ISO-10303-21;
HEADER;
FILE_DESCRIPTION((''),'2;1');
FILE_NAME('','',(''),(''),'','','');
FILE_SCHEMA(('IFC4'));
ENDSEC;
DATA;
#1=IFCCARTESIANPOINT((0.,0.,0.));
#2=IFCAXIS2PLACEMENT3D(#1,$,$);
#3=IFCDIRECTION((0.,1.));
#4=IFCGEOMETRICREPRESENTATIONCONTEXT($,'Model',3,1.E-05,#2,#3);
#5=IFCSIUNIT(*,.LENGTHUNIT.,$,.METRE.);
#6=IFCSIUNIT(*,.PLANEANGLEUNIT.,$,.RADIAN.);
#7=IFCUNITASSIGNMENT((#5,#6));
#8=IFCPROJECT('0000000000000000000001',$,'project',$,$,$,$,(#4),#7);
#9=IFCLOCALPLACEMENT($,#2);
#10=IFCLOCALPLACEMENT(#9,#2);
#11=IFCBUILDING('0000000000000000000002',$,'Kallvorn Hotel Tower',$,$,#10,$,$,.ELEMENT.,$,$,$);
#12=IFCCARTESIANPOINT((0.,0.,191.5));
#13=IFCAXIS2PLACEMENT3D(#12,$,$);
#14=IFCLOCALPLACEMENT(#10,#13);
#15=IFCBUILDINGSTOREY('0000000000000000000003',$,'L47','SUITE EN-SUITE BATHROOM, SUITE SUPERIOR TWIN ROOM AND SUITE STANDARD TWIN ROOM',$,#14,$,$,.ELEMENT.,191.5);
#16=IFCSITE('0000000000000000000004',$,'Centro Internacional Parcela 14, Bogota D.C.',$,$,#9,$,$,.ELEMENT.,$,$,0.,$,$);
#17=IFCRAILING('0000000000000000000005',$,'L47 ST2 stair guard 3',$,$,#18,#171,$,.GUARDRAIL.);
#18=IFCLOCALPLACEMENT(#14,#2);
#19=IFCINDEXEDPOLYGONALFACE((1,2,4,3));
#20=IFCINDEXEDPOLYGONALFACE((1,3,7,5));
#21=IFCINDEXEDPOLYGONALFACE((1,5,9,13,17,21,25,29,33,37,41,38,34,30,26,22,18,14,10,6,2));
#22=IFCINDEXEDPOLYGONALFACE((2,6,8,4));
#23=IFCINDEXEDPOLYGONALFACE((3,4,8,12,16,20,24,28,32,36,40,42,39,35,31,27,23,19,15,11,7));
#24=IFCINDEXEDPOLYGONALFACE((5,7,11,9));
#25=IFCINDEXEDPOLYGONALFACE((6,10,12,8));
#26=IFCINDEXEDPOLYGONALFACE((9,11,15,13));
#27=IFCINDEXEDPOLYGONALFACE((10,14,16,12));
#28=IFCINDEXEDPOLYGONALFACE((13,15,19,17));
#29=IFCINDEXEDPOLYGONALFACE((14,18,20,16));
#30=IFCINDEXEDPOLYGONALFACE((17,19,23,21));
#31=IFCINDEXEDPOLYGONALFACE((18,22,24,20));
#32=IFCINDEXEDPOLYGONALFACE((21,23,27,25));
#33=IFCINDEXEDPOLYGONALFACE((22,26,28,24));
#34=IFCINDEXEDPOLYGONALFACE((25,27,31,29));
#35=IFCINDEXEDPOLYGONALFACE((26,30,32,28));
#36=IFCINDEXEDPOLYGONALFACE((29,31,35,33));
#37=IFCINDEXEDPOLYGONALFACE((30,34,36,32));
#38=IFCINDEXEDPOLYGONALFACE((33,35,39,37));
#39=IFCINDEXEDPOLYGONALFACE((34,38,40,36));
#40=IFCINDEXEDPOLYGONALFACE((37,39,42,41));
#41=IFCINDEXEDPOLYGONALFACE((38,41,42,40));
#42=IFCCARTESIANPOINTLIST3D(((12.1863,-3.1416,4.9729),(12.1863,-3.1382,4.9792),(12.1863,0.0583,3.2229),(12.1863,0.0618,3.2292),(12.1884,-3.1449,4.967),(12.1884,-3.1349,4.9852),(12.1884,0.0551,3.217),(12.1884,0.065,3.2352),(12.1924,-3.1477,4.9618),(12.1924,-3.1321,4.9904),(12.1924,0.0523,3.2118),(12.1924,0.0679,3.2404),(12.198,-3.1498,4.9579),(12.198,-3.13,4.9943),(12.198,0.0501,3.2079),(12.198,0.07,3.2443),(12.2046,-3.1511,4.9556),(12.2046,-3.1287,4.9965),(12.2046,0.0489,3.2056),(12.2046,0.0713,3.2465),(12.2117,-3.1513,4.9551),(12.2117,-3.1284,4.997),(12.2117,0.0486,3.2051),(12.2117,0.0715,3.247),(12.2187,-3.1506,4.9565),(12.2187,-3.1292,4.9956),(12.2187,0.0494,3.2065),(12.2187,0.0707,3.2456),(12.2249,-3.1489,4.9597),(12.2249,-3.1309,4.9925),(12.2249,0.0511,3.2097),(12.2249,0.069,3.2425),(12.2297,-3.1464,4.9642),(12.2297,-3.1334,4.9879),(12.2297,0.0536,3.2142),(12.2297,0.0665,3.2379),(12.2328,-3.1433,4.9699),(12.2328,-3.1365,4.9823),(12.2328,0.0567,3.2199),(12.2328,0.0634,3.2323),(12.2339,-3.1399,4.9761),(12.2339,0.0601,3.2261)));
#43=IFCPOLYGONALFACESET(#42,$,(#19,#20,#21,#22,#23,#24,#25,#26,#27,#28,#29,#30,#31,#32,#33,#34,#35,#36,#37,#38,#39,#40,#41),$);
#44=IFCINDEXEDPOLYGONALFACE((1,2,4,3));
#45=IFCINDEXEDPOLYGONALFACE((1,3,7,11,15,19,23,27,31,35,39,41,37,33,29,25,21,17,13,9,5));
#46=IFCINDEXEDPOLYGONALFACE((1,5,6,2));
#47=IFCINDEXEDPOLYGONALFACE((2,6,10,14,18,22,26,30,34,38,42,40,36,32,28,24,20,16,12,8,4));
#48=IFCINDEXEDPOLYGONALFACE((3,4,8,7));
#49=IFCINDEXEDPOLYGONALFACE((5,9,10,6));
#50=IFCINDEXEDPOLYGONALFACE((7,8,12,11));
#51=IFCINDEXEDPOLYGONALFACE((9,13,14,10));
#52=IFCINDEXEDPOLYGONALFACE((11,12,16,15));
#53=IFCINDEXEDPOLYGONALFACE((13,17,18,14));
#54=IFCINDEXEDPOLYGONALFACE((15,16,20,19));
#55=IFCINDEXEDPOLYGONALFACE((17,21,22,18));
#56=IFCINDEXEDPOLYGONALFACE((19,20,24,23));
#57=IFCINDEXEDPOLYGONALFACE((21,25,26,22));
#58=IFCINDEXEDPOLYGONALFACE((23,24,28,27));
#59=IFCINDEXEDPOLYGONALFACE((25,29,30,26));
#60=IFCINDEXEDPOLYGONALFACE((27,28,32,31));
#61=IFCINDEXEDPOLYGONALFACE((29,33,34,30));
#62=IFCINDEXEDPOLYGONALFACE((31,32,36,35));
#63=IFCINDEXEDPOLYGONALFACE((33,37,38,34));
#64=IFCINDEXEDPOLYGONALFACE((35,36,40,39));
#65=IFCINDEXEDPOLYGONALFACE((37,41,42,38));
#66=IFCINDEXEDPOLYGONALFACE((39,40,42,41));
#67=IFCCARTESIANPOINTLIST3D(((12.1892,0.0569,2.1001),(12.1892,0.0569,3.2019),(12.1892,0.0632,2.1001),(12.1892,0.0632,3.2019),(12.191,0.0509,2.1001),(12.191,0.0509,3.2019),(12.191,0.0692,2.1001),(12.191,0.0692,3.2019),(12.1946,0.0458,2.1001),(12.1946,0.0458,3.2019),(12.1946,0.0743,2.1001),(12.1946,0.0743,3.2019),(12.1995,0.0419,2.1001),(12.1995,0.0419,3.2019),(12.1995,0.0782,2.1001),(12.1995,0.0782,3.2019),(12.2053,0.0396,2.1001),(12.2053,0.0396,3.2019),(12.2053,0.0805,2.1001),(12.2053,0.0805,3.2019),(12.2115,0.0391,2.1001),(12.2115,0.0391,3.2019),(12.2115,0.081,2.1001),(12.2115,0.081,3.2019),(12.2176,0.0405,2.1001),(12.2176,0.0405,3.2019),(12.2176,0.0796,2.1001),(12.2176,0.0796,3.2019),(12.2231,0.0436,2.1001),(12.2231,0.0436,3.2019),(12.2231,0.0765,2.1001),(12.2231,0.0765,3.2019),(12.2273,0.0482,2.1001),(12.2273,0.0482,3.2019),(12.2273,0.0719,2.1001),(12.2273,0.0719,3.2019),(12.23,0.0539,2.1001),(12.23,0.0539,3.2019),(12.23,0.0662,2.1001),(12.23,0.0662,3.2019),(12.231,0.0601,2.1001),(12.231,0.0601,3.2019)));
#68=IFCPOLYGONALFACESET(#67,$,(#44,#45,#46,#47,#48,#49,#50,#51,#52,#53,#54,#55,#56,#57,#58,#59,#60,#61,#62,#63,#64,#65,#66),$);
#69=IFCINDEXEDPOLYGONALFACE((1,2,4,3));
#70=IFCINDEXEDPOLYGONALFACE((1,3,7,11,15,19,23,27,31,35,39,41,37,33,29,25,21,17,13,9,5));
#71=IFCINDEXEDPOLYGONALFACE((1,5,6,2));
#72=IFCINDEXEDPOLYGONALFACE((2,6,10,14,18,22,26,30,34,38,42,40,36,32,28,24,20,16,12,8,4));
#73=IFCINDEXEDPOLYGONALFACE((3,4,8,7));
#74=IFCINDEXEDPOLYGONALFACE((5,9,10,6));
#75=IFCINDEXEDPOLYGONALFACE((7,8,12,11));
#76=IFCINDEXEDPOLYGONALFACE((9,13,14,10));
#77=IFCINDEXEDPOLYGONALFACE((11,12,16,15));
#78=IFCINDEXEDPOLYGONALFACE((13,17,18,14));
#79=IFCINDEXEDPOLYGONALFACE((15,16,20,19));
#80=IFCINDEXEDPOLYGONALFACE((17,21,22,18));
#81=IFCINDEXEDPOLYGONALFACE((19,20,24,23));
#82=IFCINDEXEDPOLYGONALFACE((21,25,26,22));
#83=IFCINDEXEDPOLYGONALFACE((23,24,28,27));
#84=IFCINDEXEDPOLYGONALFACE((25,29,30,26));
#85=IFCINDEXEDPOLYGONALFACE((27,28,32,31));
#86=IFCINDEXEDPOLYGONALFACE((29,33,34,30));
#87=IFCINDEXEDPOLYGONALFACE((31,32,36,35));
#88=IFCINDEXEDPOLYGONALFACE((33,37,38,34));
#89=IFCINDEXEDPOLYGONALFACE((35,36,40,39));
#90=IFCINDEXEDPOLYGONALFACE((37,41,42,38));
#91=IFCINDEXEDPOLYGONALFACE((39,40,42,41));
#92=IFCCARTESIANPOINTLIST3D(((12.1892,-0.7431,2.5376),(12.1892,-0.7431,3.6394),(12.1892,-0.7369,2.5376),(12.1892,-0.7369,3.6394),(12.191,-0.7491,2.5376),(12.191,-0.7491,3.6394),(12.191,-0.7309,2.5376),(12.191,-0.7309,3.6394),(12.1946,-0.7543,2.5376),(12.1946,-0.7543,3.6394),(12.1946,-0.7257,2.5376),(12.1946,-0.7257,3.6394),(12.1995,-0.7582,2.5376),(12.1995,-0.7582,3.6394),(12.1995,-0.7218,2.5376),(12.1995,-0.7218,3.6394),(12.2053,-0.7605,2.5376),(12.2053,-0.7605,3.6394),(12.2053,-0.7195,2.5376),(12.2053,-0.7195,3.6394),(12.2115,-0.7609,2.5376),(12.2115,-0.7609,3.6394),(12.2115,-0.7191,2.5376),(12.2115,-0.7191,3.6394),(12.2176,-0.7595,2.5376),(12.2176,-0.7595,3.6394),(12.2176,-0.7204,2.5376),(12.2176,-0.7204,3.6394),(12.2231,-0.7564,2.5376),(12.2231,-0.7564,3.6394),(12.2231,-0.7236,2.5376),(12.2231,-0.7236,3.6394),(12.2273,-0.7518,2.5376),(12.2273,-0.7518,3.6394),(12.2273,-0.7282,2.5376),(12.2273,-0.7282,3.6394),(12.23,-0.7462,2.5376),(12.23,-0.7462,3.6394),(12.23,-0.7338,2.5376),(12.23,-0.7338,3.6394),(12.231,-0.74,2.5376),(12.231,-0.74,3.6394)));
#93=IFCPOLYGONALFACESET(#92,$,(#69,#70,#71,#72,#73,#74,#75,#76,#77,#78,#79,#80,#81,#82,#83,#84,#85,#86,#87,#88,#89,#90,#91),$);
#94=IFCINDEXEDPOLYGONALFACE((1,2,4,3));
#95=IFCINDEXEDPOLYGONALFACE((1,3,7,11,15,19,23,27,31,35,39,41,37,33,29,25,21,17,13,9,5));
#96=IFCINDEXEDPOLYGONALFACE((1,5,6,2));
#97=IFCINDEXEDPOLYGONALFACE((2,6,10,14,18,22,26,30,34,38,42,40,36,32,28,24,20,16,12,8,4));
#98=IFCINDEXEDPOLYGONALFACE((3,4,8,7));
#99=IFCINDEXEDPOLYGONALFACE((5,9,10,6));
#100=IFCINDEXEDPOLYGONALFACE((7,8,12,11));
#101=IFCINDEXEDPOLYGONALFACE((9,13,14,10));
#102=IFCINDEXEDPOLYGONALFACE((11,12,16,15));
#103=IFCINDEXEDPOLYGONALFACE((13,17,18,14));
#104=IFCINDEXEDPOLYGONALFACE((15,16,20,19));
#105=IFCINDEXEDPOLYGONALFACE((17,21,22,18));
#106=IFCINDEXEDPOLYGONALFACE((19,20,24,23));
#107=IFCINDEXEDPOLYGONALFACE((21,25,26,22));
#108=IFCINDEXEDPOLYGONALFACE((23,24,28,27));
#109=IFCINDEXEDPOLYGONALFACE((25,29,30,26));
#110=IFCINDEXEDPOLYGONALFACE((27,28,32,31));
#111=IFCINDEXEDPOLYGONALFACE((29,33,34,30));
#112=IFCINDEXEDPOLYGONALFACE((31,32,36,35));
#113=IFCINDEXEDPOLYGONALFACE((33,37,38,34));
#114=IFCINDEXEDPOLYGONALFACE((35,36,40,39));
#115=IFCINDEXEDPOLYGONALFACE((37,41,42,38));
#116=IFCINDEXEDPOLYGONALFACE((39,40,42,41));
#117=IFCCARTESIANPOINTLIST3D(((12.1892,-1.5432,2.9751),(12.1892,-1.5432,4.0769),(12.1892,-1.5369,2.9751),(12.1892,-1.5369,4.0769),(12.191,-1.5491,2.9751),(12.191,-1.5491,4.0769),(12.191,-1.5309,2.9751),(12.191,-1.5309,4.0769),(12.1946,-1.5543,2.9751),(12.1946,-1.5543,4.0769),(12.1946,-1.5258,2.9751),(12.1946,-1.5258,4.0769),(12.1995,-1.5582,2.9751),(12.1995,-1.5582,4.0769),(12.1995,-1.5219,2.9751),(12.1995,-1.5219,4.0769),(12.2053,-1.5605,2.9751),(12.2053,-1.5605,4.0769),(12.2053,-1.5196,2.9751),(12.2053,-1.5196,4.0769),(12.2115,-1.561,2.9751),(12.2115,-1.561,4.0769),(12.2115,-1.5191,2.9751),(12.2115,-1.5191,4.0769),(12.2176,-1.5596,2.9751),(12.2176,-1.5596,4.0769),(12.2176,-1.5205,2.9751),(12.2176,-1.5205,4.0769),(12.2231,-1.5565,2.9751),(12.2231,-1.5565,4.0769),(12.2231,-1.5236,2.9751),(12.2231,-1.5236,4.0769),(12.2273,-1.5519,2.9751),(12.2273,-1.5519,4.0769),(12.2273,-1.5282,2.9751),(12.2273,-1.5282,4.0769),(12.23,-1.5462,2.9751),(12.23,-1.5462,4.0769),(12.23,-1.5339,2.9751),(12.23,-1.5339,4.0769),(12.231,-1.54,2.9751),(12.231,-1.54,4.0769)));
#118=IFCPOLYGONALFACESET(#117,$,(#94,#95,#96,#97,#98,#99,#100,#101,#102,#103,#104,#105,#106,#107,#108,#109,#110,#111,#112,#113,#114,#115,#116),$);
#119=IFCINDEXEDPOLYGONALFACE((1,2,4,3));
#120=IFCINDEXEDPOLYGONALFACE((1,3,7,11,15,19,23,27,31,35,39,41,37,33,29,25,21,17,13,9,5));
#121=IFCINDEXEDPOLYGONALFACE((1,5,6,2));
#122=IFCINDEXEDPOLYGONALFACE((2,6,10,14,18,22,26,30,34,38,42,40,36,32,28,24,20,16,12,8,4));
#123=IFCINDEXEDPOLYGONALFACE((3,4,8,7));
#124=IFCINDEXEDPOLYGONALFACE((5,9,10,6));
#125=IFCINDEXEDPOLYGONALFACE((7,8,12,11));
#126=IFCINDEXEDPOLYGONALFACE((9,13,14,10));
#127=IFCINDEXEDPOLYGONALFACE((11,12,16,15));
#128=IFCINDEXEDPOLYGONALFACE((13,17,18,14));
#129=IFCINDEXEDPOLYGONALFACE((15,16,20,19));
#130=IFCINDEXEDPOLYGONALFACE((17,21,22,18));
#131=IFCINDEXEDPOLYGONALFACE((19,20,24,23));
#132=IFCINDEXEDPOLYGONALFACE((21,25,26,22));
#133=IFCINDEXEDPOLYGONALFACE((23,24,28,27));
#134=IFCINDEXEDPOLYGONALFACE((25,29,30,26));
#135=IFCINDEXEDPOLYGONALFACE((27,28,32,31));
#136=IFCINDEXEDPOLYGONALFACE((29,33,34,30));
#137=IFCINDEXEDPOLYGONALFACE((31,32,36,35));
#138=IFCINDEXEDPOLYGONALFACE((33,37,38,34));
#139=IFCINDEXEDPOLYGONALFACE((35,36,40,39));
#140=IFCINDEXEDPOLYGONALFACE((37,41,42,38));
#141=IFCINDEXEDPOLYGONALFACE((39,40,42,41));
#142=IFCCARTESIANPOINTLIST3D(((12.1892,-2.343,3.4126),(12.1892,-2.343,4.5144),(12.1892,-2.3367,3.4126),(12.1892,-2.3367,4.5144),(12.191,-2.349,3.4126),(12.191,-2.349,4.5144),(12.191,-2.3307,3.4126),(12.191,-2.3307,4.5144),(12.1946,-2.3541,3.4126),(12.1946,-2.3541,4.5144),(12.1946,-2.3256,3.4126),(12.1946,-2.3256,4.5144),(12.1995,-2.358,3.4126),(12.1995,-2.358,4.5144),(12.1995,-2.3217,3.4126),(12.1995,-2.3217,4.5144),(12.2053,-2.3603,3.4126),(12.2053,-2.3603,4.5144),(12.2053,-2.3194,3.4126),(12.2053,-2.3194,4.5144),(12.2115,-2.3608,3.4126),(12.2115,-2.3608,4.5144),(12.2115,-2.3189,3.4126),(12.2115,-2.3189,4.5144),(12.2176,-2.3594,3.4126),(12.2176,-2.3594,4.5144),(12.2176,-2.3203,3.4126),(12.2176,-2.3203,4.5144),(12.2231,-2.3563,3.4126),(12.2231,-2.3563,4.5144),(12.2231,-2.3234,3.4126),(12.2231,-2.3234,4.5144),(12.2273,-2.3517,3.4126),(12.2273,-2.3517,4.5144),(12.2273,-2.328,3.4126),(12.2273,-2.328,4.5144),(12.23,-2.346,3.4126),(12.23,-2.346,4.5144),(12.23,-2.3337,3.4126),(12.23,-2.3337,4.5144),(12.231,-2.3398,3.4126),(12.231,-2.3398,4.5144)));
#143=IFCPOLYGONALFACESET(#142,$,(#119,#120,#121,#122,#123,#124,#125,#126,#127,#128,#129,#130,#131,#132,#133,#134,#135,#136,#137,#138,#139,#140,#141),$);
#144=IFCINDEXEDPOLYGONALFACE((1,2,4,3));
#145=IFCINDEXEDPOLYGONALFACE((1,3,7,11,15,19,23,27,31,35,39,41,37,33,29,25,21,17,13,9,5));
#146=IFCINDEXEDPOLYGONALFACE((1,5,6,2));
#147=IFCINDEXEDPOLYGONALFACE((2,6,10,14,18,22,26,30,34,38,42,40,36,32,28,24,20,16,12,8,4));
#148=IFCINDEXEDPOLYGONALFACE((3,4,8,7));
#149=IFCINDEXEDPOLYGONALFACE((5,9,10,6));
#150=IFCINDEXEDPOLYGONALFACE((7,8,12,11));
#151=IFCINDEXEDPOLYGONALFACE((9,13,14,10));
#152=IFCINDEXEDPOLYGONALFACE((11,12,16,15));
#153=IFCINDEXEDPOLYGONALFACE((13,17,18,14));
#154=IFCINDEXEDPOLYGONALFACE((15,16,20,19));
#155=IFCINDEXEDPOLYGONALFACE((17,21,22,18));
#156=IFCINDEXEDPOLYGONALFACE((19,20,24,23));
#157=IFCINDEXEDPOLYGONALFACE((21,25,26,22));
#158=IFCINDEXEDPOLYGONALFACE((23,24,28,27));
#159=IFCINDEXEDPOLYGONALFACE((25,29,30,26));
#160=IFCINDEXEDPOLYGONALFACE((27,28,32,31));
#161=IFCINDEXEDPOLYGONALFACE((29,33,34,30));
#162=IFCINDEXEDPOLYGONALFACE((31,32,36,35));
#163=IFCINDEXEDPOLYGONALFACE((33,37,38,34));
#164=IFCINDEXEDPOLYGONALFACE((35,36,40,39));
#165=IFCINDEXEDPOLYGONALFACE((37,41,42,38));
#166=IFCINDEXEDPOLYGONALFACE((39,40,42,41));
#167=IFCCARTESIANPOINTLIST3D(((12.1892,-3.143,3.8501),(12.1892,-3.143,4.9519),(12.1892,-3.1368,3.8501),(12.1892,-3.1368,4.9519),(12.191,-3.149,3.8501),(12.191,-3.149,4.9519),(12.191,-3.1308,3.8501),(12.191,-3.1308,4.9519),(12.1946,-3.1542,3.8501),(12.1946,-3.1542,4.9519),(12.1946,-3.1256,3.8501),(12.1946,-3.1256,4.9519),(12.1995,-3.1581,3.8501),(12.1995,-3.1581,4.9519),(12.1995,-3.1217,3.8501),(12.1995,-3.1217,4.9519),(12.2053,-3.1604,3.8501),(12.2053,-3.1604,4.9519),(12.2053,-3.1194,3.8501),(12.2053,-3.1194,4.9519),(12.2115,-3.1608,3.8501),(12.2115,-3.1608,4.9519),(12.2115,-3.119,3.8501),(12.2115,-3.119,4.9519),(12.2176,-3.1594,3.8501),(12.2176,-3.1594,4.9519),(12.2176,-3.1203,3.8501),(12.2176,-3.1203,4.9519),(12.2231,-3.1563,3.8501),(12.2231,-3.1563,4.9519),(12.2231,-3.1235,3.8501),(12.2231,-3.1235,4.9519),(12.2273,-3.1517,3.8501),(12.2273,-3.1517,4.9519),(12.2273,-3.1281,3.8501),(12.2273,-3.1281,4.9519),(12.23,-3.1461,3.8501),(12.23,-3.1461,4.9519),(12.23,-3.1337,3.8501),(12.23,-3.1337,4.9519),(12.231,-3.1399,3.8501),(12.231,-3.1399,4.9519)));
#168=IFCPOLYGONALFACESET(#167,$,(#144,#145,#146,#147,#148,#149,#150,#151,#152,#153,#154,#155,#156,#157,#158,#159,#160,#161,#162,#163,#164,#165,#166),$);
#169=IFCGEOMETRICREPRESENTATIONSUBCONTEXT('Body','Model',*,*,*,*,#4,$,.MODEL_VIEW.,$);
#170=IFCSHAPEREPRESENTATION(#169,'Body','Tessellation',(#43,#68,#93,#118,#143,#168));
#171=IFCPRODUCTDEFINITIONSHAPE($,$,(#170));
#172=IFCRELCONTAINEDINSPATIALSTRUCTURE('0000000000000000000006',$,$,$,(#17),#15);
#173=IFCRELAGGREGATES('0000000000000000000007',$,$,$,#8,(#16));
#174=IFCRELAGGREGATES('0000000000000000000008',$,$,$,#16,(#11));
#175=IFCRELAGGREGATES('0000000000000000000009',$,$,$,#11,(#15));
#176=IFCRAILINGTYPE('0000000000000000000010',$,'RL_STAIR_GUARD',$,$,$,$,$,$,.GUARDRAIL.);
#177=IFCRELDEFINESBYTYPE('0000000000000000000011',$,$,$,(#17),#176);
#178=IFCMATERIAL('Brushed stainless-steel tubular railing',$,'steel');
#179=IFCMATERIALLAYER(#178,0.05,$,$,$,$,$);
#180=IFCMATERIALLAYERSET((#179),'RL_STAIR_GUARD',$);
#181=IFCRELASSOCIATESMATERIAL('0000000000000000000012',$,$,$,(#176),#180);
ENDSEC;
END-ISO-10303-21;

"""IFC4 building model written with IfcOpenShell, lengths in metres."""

from ifc_helpers import new_model, si_unit, direction, frame, origin, origin_2d, place, context, subcontext, project, spatial, circle, extrude, material, layer, layer_set, type_object, element, save


model = new_model("IFC4")

# Units and contexts
model_context = context("Model", 3, precision=1e-05, world=origin(), true_north=direction((0.0, 1.0)))
body_context = subcontext(model_context, "Body", "Model", "MODEL_VIEW")
ifc_project = project(units=[si_unit("LENGTHUNIT", "METRE"), si_unit("PLANEANGLEUNIT", "RADIAN")], contexts=[model_context])

# Site, building, storey
site_placement = place(None, origin())
site = spatial("IfcSite", under=ifc_project, at=site_placement, Name="Centro Internacional Parcela 14, Bogota D.C.", CompositionType="ELEMENT", RefElevation=0.0)
building_placement = place(site_placement, origin())
building = spatial("IfcBuilding", under=site, at=building_placement, Name="Kallvorn Hotel Tower", CompositionType="ELEMENT")
storey_placement = place(building_placement, frame((0.0, 0.0, 191.5)))
storey = spatial("IfcBuildingStorey", under=building, at=storey_placement, Name="L47", Description="SUITE EN-SUITE BATHROOM, SUITE SUPERIOR TWIN ROOM AND SUITE STANDARD TWIN ROOM", CompositionType="ELEMENT", Elevation=191.5)

# Railing
ifc_material_1 = material(Name="Brushed stainless-steel tubular railing", Category="steel")
ifc_layer_1 = layer(ifc_material_1, 0.05)
ifc_layer_set_1 = layer_set([ifc_layer_1], Name="RL_STAIR_GUARD")
railing_type_1 = type_object("IfcRailingType", Name="RL_STAIR_GUARD", PredefinedType="GUARDRAIL", material=ifc_layer_set_1)
railing_1_placement = place(storey_placement, frame((12.21, 0.0601, 2.1001)))
element("IfcRailing", 1, at=railing_1_placement, inside=storey, type_object=railing_type_1, Name="L47 ST2 stair guard 3", PredefinedType="GUARDRAIL", context=body_context, shape_type="SweptSolid", body=[
    extrude(circle(Radius=0.0239, at=origin_2d()), frame((0.0, 0.0, 1.126), z_axis=(0.0, -0.877368, 0.479818), x_axis=(1.0, 0.0, 0.0)), (0.0, 0.0, 1.0), 3.6472),
    extrude(circle(Radius=0.021, at=origin_2d()), origin(), (0.0, 0.0, 1.0), 1.1018),
    extrude(circle(Radius=0.021, at=origin_2d()), frame((0.0, -0.8, 0.4375)), (0.0, 0.0, 1.0), 1.1018),
    extrude(circle(Radius=0.021, at=origin_2d()), frame((0.0, -1.6001, 0.875)), (0.0, 0.0, 1.0), 1.1018),
    extrude(circle(Radius=0.021, at=origin_2d()), frame((0.0, -2.3999, 1.3125)), (0.0, 0.0, 1.0), 1.1018),
    extrude(circle(Radius=0.021, at=origin_2d()), frame((0.0, -3.2, 1.75)), (0.0, 0.0, 1.0), 1.1018),
])

save(model, "model.ifc")
